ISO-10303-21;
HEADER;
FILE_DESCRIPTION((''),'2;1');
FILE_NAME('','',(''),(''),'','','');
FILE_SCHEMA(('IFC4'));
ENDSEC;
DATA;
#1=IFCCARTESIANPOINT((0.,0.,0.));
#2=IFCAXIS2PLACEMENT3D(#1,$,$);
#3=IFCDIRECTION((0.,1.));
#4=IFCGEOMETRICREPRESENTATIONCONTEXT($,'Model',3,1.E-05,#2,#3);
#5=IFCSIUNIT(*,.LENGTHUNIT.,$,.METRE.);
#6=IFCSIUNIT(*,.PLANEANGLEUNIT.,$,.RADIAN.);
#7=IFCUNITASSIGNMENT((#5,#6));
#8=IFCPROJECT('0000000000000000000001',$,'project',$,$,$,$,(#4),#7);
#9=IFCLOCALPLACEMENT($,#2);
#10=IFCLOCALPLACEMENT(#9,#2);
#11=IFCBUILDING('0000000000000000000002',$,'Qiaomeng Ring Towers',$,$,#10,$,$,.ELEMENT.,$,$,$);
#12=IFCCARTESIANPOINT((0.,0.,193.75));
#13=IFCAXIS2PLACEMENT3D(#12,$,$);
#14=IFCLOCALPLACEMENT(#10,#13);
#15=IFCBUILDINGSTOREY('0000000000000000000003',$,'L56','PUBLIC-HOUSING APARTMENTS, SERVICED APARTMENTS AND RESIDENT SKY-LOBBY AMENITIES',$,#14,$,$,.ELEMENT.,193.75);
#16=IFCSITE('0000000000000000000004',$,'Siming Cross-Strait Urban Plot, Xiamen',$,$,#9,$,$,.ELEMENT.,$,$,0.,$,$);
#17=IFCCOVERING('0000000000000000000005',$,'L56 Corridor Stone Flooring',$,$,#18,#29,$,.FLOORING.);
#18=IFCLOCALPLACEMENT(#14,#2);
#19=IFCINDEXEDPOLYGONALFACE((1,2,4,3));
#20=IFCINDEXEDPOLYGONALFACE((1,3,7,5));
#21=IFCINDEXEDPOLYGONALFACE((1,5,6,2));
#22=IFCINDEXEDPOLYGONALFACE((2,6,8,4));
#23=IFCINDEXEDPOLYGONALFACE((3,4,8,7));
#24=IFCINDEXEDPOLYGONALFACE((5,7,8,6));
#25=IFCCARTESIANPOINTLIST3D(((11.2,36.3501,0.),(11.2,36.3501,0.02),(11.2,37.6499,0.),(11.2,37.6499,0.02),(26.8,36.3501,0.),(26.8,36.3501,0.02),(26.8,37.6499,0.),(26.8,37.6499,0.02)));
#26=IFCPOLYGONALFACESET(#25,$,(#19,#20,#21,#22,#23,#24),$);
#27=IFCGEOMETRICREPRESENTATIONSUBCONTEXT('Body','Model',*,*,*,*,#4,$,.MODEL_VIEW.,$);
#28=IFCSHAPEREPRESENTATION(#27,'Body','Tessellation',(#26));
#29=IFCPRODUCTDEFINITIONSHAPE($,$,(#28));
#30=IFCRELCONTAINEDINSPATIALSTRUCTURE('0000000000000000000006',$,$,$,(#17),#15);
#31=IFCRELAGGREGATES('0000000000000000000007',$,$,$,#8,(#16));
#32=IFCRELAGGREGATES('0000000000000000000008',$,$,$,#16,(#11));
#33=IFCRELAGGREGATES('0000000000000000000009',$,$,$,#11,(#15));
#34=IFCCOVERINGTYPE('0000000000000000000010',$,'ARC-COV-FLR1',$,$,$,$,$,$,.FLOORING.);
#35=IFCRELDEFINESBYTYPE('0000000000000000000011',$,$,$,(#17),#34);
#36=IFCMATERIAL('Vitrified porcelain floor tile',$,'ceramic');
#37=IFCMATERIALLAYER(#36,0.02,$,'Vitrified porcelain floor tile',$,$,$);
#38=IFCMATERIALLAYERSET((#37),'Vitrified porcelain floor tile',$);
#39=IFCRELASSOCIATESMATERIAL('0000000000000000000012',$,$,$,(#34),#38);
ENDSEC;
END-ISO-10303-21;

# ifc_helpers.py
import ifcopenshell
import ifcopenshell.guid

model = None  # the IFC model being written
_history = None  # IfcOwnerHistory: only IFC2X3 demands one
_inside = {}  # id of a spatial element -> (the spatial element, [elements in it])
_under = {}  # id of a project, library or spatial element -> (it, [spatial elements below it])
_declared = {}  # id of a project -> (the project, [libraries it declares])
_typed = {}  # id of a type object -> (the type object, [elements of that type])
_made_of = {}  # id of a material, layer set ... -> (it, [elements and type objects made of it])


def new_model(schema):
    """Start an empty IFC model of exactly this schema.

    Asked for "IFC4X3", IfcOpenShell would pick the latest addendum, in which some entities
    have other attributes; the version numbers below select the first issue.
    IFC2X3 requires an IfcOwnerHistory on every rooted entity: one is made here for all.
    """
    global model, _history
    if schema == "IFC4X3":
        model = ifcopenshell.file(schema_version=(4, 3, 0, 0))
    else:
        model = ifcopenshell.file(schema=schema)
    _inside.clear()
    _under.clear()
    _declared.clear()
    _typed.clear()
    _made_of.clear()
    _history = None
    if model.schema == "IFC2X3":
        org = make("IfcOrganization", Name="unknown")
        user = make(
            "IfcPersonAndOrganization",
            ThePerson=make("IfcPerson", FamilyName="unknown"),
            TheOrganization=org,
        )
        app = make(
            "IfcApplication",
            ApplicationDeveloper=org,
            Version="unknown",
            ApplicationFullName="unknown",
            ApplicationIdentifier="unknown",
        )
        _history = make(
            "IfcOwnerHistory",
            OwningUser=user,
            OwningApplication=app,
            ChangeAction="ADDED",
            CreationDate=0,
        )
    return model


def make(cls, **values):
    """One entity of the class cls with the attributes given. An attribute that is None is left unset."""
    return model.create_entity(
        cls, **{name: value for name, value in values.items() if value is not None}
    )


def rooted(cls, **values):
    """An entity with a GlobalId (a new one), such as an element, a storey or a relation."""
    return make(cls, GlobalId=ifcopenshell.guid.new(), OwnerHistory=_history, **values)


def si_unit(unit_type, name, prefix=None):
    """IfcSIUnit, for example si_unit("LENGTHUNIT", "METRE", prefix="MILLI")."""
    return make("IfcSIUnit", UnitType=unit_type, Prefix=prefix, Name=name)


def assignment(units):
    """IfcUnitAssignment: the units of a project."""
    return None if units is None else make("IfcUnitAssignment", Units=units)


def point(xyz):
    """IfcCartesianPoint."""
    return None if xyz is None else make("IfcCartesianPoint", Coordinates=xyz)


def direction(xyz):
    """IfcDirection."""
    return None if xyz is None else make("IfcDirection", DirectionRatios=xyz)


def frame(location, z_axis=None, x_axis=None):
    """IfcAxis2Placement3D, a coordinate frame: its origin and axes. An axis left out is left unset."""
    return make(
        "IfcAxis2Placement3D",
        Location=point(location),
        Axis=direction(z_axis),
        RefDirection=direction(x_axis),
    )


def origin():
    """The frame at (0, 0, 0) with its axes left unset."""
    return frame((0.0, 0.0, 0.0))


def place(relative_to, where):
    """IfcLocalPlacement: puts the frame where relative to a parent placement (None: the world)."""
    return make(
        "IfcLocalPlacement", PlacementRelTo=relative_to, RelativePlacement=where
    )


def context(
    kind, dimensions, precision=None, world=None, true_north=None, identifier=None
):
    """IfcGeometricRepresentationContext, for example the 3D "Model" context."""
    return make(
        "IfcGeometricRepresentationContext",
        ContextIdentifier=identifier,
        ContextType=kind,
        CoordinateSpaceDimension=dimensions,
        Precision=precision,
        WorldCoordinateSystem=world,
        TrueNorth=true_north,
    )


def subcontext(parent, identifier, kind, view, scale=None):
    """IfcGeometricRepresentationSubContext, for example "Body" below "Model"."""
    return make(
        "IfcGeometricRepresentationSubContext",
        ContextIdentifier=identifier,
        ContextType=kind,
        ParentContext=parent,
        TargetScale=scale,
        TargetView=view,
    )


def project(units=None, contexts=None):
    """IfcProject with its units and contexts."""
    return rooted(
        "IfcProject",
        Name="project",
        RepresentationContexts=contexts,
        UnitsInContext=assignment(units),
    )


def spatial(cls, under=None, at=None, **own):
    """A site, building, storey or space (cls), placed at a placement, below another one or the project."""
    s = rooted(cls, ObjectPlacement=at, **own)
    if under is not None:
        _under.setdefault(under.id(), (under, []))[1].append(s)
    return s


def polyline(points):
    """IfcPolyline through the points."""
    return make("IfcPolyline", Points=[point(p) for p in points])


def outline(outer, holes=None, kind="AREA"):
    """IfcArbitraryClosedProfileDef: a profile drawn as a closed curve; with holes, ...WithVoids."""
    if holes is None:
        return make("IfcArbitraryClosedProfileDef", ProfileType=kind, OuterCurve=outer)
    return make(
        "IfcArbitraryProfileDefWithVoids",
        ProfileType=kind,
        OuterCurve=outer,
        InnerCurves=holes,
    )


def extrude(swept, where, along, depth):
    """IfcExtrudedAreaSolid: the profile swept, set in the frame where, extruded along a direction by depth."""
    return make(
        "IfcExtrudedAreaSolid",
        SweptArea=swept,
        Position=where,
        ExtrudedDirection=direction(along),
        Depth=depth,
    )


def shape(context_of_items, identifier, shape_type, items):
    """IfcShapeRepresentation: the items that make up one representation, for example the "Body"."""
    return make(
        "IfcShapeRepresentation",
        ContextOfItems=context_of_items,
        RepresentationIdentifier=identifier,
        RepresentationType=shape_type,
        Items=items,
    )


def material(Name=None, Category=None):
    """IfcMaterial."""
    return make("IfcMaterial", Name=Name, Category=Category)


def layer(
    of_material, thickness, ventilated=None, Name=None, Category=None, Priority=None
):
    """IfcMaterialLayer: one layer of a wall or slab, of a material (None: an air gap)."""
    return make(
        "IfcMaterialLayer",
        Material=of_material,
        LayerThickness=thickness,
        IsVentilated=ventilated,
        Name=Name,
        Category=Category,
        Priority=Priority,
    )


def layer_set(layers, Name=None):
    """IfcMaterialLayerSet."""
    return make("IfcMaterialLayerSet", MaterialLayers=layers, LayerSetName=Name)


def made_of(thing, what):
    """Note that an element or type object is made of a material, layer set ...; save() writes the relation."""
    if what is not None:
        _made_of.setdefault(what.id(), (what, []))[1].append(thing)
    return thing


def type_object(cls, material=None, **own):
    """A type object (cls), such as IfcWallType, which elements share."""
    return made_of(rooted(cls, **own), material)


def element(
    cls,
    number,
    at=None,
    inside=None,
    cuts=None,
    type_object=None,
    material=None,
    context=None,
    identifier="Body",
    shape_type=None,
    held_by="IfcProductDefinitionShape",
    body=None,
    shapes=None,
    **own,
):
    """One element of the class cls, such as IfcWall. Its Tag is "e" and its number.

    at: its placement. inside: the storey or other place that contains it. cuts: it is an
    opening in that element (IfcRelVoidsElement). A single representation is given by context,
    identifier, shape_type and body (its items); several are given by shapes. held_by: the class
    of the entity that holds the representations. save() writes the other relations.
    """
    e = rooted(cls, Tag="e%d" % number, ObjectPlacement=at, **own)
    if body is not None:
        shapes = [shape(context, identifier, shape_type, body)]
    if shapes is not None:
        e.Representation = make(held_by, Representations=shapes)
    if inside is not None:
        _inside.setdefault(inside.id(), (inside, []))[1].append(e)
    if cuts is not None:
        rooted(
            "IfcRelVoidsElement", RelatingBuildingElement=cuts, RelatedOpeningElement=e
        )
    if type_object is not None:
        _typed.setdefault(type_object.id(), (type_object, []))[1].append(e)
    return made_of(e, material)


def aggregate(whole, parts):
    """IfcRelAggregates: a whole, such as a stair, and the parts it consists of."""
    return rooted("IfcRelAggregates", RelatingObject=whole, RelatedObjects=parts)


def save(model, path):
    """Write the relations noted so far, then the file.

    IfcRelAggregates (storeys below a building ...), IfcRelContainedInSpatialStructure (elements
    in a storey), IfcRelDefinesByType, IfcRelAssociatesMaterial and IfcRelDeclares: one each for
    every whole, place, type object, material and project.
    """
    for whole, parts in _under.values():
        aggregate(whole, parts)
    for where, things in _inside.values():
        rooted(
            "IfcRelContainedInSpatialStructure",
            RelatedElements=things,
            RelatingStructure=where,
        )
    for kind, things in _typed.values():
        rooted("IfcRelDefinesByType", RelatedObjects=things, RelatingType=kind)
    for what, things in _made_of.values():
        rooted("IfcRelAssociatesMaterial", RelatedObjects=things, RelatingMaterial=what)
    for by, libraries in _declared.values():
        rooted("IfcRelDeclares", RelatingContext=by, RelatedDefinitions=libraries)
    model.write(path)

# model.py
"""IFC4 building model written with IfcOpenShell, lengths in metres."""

from ifc_helpers import new_model, si_unit, direction, frame, origin, place, context, subcontext, project, spatial, polyline, outline, extrude, material, layer, layer_set, type_object, element, save


model = new_model("IFC4")

# Units and contexts
model_context = context("Model", 3, precision=1e-05, world=origin(), true_north=direction((0.0, 1.0)))
body_context = subcontext(model_context, "Body", "Model", "MODEL_VIEW")
ifc_project = project(units=[si_unit("LENGTHUNIT", "METRE"), si_unit("PLANEANGLEUNIT", "RADIAN")], contexts=[model_context])

# Site, building, storey
site_placement = place(None, origin())
site = spatial("IfcSite", under=ifc_project, at=site_placement, Name="Siming Cross-Strait Urban Plot, Xiamen", CompositionType="ELEMENT", RefElevation=0.0)
building_placement = place(site_placement, origin())
building = spatial("IfcBuilding", under=site, at=building_placement, Name="Qiaomeng Ring Towers", CompositionType="ELEMENT")
storey_placement = place(building_placement, frame((0.0, 0.0, 193.75)))
storey = spatial("IfcBuildingStorey", under=building, at=storey_placement, Name="L56", Description="PUBLIC-HOUSING APARTMENTS, SERVICED APARTMENTS AND RESIDENT SKY-LOBBY AMENITIES", CompositionType="ELEMENT", Elevation=193.75)

# Covering
ifc_material_1 = material(Name="Vitrified porcelain floor tile", Category="ceramic")
ifc_layer_1 = layer(ifc_material_1, 0.02, Name="Vitrified porcelain floor tile")
ifc_layer_set_1 = layer_set([ifc_layer_1], Name="Vitrified porcelain floor tile")
covering_type_1 = type_object("IfcCoveringType", Name="ARC-COV-FLR1", PredefinedType="FLOORING", material=ifc_layer_set_1)
covering_1_placement = place(storey_placement, origin())
element("IfcCovering", 1, at=covering_1_placement, inside=storey, type_object=covering_type_1, Name="L56 Corridor Stone Flooring", PredefinedType="FLOORING", context=body_context, shape_type="SweptSolid", body=[
    extrude(outline(polyline([(11.2, 36.3501), (11.2, 37.6499), (26.8, 37.6499), (26.8, 36.3501), (11.2, 36.3501)])), origin(), (0.0, 0.0, 1.0), 0.02),
])

save(model, "model.ifc")
